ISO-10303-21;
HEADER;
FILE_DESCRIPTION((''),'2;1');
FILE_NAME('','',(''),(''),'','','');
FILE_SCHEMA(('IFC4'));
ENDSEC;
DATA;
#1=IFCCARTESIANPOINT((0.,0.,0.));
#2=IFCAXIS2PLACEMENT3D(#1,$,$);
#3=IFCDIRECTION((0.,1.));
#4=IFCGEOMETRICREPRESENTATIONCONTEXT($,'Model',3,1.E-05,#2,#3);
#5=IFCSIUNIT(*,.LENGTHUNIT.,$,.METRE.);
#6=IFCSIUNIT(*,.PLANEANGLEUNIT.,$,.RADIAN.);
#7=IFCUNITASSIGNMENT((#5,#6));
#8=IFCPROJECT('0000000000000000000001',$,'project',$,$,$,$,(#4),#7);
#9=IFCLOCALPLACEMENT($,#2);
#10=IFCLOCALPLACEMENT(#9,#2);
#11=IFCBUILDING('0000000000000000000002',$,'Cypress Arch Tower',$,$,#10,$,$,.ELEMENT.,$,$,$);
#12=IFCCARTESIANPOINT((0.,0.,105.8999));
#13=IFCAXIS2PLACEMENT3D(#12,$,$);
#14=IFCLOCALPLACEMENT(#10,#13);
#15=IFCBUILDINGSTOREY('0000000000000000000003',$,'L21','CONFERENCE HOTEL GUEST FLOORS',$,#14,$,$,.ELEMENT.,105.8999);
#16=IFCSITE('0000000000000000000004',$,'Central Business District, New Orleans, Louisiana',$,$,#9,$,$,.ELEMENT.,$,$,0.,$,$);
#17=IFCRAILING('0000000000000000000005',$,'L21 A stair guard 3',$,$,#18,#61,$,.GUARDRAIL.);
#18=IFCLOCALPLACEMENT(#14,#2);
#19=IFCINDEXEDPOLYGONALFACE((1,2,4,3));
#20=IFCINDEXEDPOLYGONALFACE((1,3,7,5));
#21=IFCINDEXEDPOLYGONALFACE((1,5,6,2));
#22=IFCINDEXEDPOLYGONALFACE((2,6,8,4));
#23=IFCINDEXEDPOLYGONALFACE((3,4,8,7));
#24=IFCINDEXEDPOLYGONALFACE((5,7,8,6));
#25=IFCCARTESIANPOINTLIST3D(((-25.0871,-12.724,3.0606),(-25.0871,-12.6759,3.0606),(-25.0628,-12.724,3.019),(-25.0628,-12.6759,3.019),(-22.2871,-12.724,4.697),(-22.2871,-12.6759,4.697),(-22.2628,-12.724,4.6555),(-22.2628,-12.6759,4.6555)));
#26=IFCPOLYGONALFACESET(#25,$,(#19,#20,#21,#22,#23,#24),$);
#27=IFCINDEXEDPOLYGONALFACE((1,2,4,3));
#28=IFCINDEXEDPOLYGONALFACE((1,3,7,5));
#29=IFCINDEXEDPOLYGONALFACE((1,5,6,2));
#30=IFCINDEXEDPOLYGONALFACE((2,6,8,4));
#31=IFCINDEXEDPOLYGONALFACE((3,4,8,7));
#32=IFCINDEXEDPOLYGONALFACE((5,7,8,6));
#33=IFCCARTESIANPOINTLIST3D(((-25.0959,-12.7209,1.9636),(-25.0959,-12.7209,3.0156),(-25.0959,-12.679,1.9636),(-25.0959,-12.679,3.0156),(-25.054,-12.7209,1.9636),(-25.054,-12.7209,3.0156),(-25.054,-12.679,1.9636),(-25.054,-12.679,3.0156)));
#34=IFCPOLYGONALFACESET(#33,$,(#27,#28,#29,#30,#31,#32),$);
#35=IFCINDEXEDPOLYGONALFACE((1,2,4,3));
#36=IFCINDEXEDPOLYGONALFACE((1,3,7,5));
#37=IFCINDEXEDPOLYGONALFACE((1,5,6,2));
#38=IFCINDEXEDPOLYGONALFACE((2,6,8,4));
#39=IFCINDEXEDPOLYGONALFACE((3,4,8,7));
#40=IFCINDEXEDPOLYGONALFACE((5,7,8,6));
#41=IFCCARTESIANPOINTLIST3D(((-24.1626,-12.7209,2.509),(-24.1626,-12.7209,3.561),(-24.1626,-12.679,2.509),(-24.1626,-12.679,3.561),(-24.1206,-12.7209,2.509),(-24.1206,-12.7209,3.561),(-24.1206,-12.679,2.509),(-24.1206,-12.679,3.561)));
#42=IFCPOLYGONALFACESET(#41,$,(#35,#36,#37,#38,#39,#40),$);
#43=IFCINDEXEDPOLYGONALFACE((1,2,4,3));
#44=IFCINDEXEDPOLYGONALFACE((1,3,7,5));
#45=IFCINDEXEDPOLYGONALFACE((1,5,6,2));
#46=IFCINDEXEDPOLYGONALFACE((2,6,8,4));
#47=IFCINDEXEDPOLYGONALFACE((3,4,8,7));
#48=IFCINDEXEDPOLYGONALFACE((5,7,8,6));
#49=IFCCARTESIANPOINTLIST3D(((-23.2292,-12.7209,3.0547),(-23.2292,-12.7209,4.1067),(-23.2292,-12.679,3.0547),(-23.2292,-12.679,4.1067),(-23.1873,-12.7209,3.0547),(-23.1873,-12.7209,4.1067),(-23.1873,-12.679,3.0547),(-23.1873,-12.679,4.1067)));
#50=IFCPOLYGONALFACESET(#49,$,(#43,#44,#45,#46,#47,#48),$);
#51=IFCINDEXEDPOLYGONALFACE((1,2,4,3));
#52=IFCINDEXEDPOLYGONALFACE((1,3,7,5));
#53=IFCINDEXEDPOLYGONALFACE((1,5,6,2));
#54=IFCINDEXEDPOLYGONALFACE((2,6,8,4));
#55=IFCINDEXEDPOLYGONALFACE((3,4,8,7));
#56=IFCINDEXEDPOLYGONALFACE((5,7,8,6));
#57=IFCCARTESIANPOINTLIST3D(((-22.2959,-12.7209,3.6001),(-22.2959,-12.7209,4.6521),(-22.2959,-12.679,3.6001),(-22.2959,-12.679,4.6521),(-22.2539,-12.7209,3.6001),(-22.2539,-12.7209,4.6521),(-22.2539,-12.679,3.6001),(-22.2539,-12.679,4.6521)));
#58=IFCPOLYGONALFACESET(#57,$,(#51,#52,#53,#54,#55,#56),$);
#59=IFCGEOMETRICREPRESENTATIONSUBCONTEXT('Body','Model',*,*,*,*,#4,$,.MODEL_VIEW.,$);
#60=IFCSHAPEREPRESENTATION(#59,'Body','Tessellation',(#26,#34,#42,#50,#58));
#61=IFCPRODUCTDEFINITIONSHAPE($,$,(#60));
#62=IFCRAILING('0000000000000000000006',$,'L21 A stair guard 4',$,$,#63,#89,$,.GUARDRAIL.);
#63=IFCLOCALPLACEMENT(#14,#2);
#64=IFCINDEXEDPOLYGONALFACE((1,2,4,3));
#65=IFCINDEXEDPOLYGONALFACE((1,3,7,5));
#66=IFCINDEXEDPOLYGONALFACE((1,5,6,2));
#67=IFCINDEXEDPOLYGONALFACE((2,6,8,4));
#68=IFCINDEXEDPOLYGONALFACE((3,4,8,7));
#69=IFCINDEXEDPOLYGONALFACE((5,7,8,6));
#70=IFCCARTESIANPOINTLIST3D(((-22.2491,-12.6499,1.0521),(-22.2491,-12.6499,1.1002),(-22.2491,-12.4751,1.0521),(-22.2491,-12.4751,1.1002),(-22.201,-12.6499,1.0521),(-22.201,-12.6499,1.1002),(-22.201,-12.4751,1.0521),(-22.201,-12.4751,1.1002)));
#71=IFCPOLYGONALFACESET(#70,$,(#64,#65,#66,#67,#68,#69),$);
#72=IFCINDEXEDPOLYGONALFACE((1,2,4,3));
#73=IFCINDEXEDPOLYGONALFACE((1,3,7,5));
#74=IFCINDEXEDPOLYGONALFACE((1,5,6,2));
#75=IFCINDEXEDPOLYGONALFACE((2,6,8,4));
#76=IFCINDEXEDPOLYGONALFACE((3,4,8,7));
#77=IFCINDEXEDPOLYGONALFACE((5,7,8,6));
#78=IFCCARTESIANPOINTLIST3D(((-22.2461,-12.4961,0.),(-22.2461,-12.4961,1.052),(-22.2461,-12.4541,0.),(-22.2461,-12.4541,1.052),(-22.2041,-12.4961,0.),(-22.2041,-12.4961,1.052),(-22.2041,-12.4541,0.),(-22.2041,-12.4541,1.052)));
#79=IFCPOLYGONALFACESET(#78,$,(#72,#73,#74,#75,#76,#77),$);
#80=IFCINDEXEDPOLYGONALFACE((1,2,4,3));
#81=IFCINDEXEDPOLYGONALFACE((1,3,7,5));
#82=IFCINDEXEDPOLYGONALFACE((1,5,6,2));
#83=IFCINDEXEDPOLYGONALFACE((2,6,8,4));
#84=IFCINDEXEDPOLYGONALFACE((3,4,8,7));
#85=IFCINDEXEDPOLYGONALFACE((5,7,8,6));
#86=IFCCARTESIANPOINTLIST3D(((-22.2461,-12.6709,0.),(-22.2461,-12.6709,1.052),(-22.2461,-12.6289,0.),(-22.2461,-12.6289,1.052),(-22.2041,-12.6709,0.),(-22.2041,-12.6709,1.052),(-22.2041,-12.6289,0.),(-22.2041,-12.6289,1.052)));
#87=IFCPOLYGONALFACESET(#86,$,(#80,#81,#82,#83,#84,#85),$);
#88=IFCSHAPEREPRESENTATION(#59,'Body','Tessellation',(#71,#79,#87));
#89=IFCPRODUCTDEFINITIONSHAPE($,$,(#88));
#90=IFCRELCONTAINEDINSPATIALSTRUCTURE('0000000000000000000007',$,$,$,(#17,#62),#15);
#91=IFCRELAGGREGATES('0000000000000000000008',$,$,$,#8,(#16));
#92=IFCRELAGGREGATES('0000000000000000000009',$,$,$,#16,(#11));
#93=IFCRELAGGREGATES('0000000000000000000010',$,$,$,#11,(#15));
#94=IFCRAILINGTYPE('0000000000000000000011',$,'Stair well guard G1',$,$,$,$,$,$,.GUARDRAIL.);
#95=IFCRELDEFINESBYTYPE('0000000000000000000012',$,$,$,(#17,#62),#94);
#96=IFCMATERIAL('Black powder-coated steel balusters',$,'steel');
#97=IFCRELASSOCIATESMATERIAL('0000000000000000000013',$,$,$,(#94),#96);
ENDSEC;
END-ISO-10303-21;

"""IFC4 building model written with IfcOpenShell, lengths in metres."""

from ifc_helpers import new_model, si_unit, direction, frame, origin, origin_2d, place, context, subcontext, project, spatial, rectangle, extrude, material, type_object, element, save


model = new_model("IFC4")

# Units and contexts
model_context = context("Model", 3, precision=1e-05, world=origin(), true_north=direction((0.0, 1.0)))
body_context = subcontext(model_context, "Body", "Model", "MODEL_VIEW")
ifc_project = project(units=[si_unit("LENGTHUNIT", "METRE"), si_unit("PLANEANGLEUNIT", "RADIAN")], contexts=[model_context])

# Site, building, storey
site_placement = place(None, origin())
site = spatial("IfcSite", under=ifc_project, at=site_placement, Name="Central Business District, New Orleans, Louisiana", CompositionType="ELEMENT", RefElevation=0.0)
building_placement = place(site_placement, origin())
building = spatial("IfcBuilding", under=site, at=building_placement, Name="Cypress Arch Tower", CompositionType="ELEMENT")
storey_placement = place(building_placement, frame((0.0, 0.0, 105.8999)))
storey = spatial("IfcBuildingStorey", under=building, at=storey_placement, Name="L21", Description="CONFERENCE HOTEL GUEST FLOORS", CompositionType="ELEMENT", Elevation=105.8999)

# Railings
ifc_material_1 = material(Name="Black powder-coated steel balusters", Category="steel")
railing_type_1 = type_object("IfcRailingType", Name="Stair well guard G1", PredefinedType="GUARDRAIL", material=ifc_material_1)
railing_1_placement = place(storey_placement, frame((-25.075, -12.7, 1.9636)))
element("IfcRailing", 1, at=railing_1_placement, inside=storey, type_object=railing_type_1, Name="L21 A stair guard 3", PredefinedType="GUARDRAIL", context=body_context, shape_type="SweptSolid", body=[
    extrude(rectangle(XDim=0.0481, YDim=0.0481, at=origin_2d()), frame((0.0, 0.0, 1.0762), z_axis=(0.863361, 0.0, 0.504587), x_axis=(0.0, 1.0, 0.0)), (0.0, 0.0, 1.0), 3.2432),
    extrude(rectangle(XDim=0.042, YDim=0.042, at=origin_2d()), origin(), (0.0, 0.0, 1.0), 1.052),
    extrude(rectangle(XDim=0.042, YDim=0.042, at=origin_2d()), frame((0.9333, 0.0, 0.5454)), (0.0, 0.0, 1.0), 1.052),
    extrude(rectangle(XDim=0.042, YDim=0.042, at=origin_2d()), frame((1.8667, 0.0, 1.0911)), (0.0, 0.0, 1.0), 1.052),
    extrude(rectangle(XDim=0.042, YDim=0.042, at=origin_2d()), frame((2.8, 0.0, 1.6365)), (0.0, 0.0, 1.0), 1.052),
])
railing_2_placement = place(storey_placement, frame((-22.2251, -12.4751, 0.0)))
element("IfcRailing", 2, at=railing_2_placement, inside=storey, type_object=railing_type_1, Name="L21 A stair guard 4", PredefinedType="GUARDRAIL", context=body_context, shape_type="SweptSolid", body=[
    extrude(rectangle(XDim=0.0481, YDim=0.0481, at=origin_2d()), frame((0.0, 0.0, 1.0762), z_axis=(0.0, -1.0, 0.0), x_axis=(1.0, 0.0, 0.0)), (0.0, 0.0, 1.0), 0.1748),
    extrude(rectangle(XDim=0.042, YDim=0.042, at=origin_2d()), origin(), (0.0, 0.0, 1.0), 1.052),
    extrude(rectangle(XDim=0.042, YDim=0.042, at=origin_2d()), frame((0.0, -0.1748, 0.0)), (0.0, 0.0, 1.0), 1.052),
])

save(model, "model.ifc")
